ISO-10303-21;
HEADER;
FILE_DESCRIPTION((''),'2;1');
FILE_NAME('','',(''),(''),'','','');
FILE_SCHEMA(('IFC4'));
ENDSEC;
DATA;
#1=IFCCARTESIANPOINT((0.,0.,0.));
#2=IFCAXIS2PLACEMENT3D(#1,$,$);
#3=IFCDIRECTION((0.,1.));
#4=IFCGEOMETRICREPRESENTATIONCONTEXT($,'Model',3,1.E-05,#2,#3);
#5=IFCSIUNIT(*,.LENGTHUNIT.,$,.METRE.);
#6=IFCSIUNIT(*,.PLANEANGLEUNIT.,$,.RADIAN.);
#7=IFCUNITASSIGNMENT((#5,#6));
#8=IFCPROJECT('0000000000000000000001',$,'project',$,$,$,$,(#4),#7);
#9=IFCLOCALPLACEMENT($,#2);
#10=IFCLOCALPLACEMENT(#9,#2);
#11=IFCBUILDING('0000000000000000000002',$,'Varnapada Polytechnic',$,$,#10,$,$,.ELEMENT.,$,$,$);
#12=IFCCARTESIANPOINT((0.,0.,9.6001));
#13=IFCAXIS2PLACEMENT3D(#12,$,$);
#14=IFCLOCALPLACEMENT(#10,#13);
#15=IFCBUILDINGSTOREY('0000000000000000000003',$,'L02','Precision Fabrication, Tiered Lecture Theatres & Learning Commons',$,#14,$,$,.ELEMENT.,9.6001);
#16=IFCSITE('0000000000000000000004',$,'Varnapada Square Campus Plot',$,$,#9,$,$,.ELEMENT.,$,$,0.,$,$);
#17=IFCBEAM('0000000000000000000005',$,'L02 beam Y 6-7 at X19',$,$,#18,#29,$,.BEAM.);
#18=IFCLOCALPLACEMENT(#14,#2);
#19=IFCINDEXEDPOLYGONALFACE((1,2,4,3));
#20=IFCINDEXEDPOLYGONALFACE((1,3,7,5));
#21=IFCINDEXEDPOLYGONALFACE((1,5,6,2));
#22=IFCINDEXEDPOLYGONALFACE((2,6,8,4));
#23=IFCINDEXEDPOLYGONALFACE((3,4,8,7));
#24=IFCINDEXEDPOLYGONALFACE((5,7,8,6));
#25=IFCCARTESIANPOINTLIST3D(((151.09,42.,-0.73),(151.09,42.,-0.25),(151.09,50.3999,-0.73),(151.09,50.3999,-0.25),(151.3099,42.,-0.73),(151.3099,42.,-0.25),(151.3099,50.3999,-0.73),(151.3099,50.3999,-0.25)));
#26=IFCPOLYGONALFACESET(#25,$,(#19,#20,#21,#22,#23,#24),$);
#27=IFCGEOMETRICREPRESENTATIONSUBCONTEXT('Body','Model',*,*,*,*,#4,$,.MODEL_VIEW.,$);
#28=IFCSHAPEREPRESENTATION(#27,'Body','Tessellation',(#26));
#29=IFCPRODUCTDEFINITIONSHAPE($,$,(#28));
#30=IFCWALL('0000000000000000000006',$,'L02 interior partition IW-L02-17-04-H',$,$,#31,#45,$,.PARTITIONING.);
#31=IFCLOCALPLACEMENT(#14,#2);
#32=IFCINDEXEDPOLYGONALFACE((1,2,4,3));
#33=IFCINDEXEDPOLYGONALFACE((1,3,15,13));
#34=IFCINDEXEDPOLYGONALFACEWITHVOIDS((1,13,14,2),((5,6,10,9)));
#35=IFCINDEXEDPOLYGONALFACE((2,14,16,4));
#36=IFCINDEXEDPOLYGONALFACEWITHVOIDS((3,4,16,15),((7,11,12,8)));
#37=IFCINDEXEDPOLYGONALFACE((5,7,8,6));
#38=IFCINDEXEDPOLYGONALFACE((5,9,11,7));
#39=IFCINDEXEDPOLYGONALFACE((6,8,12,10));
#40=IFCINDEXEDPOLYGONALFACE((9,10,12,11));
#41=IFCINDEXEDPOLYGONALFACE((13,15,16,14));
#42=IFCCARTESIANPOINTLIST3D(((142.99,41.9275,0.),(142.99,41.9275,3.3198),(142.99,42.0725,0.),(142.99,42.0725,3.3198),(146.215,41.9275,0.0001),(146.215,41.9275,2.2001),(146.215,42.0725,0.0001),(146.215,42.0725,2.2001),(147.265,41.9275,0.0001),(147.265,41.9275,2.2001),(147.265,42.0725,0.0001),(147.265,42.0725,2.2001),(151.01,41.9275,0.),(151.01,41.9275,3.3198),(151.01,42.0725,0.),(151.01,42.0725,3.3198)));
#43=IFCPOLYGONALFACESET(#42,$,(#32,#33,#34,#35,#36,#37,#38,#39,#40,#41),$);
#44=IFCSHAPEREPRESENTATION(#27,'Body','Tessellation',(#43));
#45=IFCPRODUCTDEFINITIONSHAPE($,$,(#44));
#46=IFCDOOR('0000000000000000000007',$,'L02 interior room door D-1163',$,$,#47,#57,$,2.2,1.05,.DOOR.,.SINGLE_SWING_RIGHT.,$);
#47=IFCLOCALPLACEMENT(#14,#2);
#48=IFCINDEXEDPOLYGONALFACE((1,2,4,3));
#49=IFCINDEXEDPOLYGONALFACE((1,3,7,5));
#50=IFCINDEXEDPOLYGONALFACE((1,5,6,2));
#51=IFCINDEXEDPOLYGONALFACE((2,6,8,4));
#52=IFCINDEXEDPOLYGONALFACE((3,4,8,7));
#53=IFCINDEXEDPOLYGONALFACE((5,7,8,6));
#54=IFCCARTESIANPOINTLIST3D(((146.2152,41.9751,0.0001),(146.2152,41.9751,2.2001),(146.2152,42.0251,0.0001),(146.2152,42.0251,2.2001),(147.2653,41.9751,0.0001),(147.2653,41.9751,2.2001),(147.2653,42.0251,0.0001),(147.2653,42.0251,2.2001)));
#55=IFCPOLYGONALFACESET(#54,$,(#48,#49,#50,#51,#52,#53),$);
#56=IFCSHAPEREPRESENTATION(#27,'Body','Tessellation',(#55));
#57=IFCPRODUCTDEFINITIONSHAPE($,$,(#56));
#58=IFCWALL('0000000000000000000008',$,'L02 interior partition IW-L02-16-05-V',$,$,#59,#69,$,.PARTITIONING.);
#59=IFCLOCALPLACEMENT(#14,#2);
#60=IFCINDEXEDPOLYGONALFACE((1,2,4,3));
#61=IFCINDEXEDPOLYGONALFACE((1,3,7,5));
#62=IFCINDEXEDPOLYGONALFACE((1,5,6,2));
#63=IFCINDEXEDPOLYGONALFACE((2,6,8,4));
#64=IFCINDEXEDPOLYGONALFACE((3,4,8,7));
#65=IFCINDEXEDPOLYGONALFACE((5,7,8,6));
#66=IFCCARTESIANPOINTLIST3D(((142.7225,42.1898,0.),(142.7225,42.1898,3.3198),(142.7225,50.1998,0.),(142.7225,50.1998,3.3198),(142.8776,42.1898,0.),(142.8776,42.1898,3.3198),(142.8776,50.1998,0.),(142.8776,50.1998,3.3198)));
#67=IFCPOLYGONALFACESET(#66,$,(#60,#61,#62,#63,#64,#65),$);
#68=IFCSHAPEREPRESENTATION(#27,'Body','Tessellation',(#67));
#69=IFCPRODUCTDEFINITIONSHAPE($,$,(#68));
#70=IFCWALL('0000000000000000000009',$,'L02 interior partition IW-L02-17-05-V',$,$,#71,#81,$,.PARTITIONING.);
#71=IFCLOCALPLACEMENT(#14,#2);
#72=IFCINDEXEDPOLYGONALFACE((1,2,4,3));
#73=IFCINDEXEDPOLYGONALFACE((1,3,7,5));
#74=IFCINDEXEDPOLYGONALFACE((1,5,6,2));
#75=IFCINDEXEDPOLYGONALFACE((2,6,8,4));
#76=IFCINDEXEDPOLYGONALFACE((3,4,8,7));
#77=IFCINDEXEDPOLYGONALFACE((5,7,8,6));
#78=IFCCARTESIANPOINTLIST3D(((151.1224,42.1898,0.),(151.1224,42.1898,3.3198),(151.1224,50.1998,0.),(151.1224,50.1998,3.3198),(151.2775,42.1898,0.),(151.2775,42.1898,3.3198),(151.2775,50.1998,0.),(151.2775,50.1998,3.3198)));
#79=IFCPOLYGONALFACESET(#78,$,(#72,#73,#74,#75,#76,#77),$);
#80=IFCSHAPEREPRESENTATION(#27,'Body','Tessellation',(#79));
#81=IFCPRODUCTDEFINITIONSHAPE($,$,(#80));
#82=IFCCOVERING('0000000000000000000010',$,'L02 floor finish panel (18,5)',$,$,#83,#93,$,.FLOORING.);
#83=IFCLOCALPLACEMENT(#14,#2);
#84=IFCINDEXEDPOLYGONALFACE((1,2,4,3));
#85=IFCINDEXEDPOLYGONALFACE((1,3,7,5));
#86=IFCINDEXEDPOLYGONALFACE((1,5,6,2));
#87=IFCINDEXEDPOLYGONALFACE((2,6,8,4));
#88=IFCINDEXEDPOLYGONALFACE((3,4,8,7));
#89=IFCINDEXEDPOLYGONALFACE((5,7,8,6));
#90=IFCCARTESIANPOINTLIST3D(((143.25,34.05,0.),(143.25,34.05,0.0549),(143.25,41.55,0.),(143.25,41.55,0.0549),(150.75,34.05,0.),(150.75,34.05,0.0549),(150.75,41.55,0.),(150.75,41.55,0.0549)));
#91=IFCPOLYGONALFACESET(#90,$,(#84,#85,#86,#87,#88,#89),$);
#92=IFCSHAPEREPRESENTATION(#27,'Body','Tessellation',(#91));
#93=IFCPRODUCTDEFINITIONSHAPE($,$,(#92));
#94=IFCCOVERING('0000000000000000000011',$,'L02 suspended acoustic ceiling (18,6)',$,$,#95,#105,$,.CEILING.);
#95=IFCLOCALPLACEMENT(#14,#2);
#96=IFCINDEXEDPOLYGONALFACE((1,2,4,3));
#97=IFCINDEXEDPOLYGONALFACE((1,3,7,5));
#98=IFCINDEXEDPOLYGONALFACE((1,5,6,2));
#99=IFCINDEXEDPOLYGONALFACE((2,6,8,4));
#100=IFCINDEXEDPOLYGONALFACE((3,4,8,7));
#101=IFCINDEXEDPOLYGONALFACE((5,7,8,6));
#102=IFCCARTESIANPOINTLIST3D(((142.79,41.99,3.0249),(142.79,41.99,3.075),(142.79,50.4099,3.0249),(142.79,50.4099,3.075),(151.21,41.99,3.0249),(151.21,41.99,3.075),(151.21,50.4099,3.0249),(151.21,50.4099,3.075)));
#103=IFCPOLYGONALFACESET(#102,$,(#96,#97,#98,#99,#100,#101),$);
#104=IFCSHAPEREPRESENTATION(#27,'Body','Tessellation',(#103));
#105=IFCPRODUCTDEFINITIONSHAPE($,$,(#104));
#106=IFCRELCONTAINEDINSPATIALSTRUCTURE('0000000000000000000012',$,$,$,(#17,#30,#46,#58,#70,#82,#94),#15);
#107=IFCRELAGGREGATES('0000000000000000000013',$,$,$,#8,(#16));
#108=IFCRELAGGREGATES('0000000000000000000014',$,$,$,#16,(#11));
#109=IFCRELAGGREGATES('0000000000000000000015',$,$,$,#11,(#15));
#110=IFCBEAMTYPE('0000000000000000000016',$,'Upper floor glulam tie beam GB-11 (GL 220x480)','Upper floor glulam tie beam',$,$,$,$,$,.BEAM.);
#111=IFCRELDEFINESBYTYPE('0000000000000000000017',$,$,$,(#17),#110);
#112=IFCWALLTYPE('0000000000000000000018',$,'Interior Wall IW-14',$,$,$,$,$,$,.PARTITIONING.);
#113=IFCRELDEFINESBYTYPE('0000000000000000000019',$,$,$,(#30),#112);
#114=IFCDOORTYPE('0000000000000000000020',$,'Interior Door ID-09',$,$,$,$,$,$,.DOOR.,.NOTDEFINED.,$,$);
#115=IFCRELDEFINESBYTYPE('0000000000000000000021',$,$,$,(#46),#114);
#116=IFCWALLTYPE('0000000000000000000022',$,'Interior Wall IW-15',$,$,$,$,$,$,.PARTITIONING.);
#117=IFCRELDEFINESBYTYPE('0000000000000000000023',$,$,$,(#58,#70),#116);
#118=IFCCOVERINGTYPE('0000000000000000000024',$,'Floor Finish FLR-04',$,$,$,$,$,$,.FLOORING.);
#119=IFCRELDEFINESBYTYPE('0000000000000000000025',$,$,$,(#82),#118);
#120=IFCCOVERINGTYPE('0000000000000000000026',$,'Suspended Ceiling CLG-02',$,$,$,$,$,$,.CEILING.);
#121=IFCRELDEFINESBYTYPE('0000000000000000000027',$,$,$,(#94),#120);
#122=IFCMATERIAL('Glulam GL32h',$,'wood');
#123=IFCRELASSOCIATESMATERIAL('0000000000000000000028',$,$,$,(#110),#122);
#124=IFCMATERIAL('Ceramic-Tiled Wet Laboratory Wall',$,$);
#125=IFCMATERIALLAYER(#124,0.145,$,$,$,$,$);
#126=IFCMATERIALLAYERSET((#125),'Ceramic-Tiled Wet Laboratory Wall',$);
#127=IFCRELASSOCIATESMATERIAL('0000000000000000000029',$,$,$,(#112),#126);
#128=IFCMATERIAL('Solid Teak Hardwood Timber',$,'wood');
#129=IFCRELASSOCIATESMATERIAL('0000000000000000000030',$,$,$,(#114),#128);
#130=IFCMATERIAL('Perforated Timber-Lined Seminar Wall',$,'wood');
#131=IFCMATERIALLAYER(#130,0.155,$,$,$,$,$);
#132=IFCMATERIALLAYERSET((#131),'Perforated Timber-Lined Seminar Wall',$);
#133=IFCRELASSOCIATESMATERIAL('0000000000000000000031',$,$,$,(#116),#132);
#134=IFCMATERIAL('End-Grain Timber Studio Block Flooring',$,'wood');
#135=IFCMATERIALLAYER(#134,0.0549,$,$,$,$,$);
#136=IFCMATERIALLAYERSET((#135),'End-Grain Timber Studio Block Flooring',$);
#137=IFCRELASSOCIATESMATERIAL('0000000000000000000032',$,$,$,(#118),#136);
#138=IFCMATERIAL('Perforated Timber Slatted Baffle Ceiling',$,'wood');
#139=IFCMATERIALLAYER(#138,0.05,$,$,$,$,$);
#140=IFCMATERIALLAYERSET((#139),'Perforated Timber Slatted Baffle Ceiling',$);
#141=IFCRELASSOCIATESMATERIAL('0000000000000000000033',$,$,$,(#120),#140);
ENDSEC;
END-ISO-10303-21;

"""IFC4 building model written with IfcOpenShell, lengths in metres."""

from ifc_helpers import new_model, si_unit, direction, frame, frame_2d, origin, origin_2d, place, context, subcontext, project, spatial, rectangle, extrude, material, layer, layer_set, material_profile, profile_set, type_object, element, fill, save


model = new_model("IFC4")

# Units and contexts
model_context = context("Model", 3, precision=1e-05, world=origin(), true_north=direction((0.0, 1.0)))
body_context = subcontext(model_context, "Body", "Model", "MODEL_VIEW")
ifc_project = project(units=[si_unit("LENGTHUNIT", "METRE"), si_unit("PLANEANGLEUNIT", "RADIAN")], contexts=[model_context])

# Site, building, storey
site_placement = place(None, origin())
site = spatial("IfcSite", under=ifc_project, at=site_placement, Name="Varnapada Square Campus Plot", CompositionType="ELEMENT", RefElevation=0.0)
building_placement = place(site_placement, origin())
building = spatial("IfcBuilding", under=site, at=building_placement, Name="Varnapada Polytechnic", CompositionType="ELEMENT")
storey_placement = place(building_placement, frame((0.0, 0.0, 9.6001)))
storey = spatial("IfcBuildingStorey", under=building, at=storey_placement, Name="L02", Description="Precision Fabrication, Tiered Lecture Theatres & Learning Commons", CompositionType="ELEMENT", Elevation=9.6001)

# Shared definitions
ifc_material_1 = material(Name="Glulam GL32h", Category="wood")

# Beam
ifc_material_profile_1 = material_profile(ifc_material_1, rectangle(XDim=0.22, YDim=0.48, at=origin_2d()), Name="GL 220x480")
ifc_profile_set_1 = profile_set([ifc_material_profile_1], Name="Glulam GL32h")
beam_type_1 = type_object("IfcBeamType", Name="Upper floor glulam tie beam GB-11 (GL 220x480)", Description="Upper floor glulam tie beam", PredefinedType="BEAM", material=ifc_profile_set_1)
for number, where, z_axis, x_axis, name in (
    (1, (151.2, 42.0, -0.49), (0.0, 1.0, 0.0), (-1.0, 0.0, 0.0), "L02 beam Y 6-7 at X19"),
):
    element("IfcBeam", number, at=place(storey_placement, frame(where, z_axis=z_axis, x_axis=x_axis)), inside=storey, type_object=beam_type_1, Name=name, PredefinedType="BEAM", context=body_context, shape_type="SweptSolid", body=[
        extrude(rectangle(XDim=0.22, YDim=0.48, at=origin_2d()), origin(), (0.0, 0.0, 1.0), 8.3999),
    ])

# Wall, opening, door
ifc_material_2 = material(Name="Ceramic-Tiled Wet Laboratory Wall")
ifc_layer_1 = layer(ifc_material_2, 0.145)
ifc_layer_set_1 = layer_set([ifc_layer_1], Name="Ceramic-Tiled Wet Laboratory Wall")
wall_type_1 = type_object("IfcWallType", Name="Interior Wall IW-14", PredefinedType="PARTITIONING", material=ifc_layer_set_1)
wall_placement = place(storey_placement, frame((142.99, 42.0, 0.0), z_axis=(0.0, 0.0, 1.0), x_axis=(1.0, 0.0, 0.0)))
wall = element("IfcWall", 2, at=wall_placement, inside=storey, type_object=wall_type_1, Name="L02 interior partition IW-L02-17-04-H", PredefinedType="PARTITIONING", context=body_context, shape_type="SweptSolid", body=[
    extrude(rectangle(XDim=8.02, YDim=0.145, at=frame_2d((4.01, 0.0))), origin(), (0.0, 0.0, 1.0), 3.3198),
])
opening_placement = place(wall_placement, frame((3.2251, 0.0, 0.0)))
opening = element("IfcOpeningElement", 3, at=opening_placement, cuts=wall, PredefinedType="OPENING", context=body_context, shape_type="SweptSolid", body=[
    extrude(rectangle(XDim=1.05, YDim=2.2, at=frame_2d((0.5249, 1.1001))), frame((0.0, 0.0825, 0.0), z_axis=(0.0, -1.0, 0.0), x_axis=(1.0, 0.0, 0.0)), (0.0, 0.0, 1.0), 0.165),
])
ifc_material_3 = material(Name="Solid Teak Hardwood Timber", Category="wood")
door_type = type_object("IfcDoorType", Name="Interior Door ID-09", OperationType="NOTDEFINED", PredefinedType="DOOR", material=ifc_material_3)
door_placement = place(opening_placement, frame((1.05, 0.0, 0.0), z_axis=(0.0, 0.0, 1.0), x_axis=(-1.0, 0.0, 0.0)))
door = element("IfcDoor", 4, at=door_placement, inside=storey, type_object=door_type, Name="L02 interior room door D-1163", OperationType="SINGLE_SWING_RIGHT", OverallHeight=2.2, OverallWidth=1.05, PredefinedType="DOOR", context=body_context, shape_type="SweptSolid", body=[
    extrude(rectangle(XDim=1.05, YDim=2.2, at=frame_2d((0.5249, 1.1001))), frame((0.0, 0.0249, 0.0), z_axis=(0.0, -1.0, 0.0), x_axis=(1.0, 0.0, 0.0)), (0.0, 0.0, 1.0), 0.05),
])
fill(opening, door)

# Walls
ifc_material_4 = material(Name="Perforated Timber-Lined Seminar Wall", Category="wood")
ifc_layer_2 = layer(ifc_material_4, 0.155)
ifc_layer_set_2 = layer_set([ifc_layer_2], Name="Perforated Timber-Lined Seminar Wall")
wall_type_2 = type_object("IfcWallType", Name="Interior Wall IW-15", PredefinedType="PARTITIONING", material=ifc_layer_set_2)
for number, where, z_axis, x_axis, name in (
    (5, (142.8, 42.1899, 0.0), (0.0, 0.0, 1.0), (0.0, 1.0, 0.0), "L02 interior partition IW-L02-16-05-V"),
    (6, (151.2, 42.1899, 0.0), (0.0, 0.0, 1.0), (0.0, 1.0, 0.0), "L02 interior partition IW-L02-17-05-V"),
):
    element("IfcWall", number, at=place(storey_placement, frame(where, z_axis=z_axis, x_axis=x_axis)), inside=storey, type_object=wall_type_2, Name=name, PredefinedType="PARTITIONING", context=body_context, shape_type="SweptSolid", body=[
        extrude(rectangle(XDim=8.01, YDim=0.155, at=frame_2d((4.0049, 0.0))), origin(), (0.0, 0.0, 1.0), 3.3198),
    ])

# Coverings
ifc_material_5 = material(Name="End-Grain Timber Studio Block Flooring", Category="wood")
ifc_layer_3 = layer(ifc_material_5, 0.0549)
ifc_layer_set_3 = layer_set([ifc_layer_3], Name="End-Grain Timber Studio Block Flooring")
covering_type_1 = type_object("IfcCoveringType", Name="Floor Finish FLR-04", PredefinedType="FLOORING", material=ifc_layer_set_3)
covering_1_placement = place(storey_placement, frame((147.0, 37.8, 0.0), z_axis=(0.0, 0.0, 1.0), x_axis=(1.0, 0.0, 0.0)))
element("IfcCovering", 7, at=covering_1_placement, inside=storey, type_object=covering_type_1, Name="L02 floor finish panel (18,5)", PredefinedType="FLOORING", context=body_context, shape_type="SweptSolid", body=[
    extrude(rectangle(XDim=7.5, YDim=7.5, at=origin_2d()), origin(), (0.0, 0.0, 1.0), 0.0549),
])
ifc_material_6 = material(Name="Perforated Timber Slatted Baffle Ceiling", Category="wood")
ifc_layer_4 = layer(ifc_material_6, 0.05)
ifc_layer_set_4 = layer_set([ifc_layer_4], Name="Perforated Timber Slatted Baffle Ceiling")
covering_type_2 = type_object("IfcCoveringType", Name="Suspended Ceiling CLG-02", PredefinedType="CEILING", material=ifc_layer_set_4)
covering_2_placement = place(storey_placement, frame((147.0, 46.2, 3.0249), z_axis=(0.0, 0.0, 1.0), x_axis=(1.0, 0.0, 0.0)))
element("IfcCovering", 8, at=covering_2_placement, inside=storey, type_object=covering_type_2, Name="L02 suspended acoustic ceiling (18,6)", PredefinedType="CEILING", context=body_context, shape_type="SweptSolid", body=[
    extrude(rectangle(XDim=8.4199, YDim=8.4199, at=origin_2d()), origin(), (0.0, 0.0, 1.0), 0.05),
])

save(model, "model.ifc")
